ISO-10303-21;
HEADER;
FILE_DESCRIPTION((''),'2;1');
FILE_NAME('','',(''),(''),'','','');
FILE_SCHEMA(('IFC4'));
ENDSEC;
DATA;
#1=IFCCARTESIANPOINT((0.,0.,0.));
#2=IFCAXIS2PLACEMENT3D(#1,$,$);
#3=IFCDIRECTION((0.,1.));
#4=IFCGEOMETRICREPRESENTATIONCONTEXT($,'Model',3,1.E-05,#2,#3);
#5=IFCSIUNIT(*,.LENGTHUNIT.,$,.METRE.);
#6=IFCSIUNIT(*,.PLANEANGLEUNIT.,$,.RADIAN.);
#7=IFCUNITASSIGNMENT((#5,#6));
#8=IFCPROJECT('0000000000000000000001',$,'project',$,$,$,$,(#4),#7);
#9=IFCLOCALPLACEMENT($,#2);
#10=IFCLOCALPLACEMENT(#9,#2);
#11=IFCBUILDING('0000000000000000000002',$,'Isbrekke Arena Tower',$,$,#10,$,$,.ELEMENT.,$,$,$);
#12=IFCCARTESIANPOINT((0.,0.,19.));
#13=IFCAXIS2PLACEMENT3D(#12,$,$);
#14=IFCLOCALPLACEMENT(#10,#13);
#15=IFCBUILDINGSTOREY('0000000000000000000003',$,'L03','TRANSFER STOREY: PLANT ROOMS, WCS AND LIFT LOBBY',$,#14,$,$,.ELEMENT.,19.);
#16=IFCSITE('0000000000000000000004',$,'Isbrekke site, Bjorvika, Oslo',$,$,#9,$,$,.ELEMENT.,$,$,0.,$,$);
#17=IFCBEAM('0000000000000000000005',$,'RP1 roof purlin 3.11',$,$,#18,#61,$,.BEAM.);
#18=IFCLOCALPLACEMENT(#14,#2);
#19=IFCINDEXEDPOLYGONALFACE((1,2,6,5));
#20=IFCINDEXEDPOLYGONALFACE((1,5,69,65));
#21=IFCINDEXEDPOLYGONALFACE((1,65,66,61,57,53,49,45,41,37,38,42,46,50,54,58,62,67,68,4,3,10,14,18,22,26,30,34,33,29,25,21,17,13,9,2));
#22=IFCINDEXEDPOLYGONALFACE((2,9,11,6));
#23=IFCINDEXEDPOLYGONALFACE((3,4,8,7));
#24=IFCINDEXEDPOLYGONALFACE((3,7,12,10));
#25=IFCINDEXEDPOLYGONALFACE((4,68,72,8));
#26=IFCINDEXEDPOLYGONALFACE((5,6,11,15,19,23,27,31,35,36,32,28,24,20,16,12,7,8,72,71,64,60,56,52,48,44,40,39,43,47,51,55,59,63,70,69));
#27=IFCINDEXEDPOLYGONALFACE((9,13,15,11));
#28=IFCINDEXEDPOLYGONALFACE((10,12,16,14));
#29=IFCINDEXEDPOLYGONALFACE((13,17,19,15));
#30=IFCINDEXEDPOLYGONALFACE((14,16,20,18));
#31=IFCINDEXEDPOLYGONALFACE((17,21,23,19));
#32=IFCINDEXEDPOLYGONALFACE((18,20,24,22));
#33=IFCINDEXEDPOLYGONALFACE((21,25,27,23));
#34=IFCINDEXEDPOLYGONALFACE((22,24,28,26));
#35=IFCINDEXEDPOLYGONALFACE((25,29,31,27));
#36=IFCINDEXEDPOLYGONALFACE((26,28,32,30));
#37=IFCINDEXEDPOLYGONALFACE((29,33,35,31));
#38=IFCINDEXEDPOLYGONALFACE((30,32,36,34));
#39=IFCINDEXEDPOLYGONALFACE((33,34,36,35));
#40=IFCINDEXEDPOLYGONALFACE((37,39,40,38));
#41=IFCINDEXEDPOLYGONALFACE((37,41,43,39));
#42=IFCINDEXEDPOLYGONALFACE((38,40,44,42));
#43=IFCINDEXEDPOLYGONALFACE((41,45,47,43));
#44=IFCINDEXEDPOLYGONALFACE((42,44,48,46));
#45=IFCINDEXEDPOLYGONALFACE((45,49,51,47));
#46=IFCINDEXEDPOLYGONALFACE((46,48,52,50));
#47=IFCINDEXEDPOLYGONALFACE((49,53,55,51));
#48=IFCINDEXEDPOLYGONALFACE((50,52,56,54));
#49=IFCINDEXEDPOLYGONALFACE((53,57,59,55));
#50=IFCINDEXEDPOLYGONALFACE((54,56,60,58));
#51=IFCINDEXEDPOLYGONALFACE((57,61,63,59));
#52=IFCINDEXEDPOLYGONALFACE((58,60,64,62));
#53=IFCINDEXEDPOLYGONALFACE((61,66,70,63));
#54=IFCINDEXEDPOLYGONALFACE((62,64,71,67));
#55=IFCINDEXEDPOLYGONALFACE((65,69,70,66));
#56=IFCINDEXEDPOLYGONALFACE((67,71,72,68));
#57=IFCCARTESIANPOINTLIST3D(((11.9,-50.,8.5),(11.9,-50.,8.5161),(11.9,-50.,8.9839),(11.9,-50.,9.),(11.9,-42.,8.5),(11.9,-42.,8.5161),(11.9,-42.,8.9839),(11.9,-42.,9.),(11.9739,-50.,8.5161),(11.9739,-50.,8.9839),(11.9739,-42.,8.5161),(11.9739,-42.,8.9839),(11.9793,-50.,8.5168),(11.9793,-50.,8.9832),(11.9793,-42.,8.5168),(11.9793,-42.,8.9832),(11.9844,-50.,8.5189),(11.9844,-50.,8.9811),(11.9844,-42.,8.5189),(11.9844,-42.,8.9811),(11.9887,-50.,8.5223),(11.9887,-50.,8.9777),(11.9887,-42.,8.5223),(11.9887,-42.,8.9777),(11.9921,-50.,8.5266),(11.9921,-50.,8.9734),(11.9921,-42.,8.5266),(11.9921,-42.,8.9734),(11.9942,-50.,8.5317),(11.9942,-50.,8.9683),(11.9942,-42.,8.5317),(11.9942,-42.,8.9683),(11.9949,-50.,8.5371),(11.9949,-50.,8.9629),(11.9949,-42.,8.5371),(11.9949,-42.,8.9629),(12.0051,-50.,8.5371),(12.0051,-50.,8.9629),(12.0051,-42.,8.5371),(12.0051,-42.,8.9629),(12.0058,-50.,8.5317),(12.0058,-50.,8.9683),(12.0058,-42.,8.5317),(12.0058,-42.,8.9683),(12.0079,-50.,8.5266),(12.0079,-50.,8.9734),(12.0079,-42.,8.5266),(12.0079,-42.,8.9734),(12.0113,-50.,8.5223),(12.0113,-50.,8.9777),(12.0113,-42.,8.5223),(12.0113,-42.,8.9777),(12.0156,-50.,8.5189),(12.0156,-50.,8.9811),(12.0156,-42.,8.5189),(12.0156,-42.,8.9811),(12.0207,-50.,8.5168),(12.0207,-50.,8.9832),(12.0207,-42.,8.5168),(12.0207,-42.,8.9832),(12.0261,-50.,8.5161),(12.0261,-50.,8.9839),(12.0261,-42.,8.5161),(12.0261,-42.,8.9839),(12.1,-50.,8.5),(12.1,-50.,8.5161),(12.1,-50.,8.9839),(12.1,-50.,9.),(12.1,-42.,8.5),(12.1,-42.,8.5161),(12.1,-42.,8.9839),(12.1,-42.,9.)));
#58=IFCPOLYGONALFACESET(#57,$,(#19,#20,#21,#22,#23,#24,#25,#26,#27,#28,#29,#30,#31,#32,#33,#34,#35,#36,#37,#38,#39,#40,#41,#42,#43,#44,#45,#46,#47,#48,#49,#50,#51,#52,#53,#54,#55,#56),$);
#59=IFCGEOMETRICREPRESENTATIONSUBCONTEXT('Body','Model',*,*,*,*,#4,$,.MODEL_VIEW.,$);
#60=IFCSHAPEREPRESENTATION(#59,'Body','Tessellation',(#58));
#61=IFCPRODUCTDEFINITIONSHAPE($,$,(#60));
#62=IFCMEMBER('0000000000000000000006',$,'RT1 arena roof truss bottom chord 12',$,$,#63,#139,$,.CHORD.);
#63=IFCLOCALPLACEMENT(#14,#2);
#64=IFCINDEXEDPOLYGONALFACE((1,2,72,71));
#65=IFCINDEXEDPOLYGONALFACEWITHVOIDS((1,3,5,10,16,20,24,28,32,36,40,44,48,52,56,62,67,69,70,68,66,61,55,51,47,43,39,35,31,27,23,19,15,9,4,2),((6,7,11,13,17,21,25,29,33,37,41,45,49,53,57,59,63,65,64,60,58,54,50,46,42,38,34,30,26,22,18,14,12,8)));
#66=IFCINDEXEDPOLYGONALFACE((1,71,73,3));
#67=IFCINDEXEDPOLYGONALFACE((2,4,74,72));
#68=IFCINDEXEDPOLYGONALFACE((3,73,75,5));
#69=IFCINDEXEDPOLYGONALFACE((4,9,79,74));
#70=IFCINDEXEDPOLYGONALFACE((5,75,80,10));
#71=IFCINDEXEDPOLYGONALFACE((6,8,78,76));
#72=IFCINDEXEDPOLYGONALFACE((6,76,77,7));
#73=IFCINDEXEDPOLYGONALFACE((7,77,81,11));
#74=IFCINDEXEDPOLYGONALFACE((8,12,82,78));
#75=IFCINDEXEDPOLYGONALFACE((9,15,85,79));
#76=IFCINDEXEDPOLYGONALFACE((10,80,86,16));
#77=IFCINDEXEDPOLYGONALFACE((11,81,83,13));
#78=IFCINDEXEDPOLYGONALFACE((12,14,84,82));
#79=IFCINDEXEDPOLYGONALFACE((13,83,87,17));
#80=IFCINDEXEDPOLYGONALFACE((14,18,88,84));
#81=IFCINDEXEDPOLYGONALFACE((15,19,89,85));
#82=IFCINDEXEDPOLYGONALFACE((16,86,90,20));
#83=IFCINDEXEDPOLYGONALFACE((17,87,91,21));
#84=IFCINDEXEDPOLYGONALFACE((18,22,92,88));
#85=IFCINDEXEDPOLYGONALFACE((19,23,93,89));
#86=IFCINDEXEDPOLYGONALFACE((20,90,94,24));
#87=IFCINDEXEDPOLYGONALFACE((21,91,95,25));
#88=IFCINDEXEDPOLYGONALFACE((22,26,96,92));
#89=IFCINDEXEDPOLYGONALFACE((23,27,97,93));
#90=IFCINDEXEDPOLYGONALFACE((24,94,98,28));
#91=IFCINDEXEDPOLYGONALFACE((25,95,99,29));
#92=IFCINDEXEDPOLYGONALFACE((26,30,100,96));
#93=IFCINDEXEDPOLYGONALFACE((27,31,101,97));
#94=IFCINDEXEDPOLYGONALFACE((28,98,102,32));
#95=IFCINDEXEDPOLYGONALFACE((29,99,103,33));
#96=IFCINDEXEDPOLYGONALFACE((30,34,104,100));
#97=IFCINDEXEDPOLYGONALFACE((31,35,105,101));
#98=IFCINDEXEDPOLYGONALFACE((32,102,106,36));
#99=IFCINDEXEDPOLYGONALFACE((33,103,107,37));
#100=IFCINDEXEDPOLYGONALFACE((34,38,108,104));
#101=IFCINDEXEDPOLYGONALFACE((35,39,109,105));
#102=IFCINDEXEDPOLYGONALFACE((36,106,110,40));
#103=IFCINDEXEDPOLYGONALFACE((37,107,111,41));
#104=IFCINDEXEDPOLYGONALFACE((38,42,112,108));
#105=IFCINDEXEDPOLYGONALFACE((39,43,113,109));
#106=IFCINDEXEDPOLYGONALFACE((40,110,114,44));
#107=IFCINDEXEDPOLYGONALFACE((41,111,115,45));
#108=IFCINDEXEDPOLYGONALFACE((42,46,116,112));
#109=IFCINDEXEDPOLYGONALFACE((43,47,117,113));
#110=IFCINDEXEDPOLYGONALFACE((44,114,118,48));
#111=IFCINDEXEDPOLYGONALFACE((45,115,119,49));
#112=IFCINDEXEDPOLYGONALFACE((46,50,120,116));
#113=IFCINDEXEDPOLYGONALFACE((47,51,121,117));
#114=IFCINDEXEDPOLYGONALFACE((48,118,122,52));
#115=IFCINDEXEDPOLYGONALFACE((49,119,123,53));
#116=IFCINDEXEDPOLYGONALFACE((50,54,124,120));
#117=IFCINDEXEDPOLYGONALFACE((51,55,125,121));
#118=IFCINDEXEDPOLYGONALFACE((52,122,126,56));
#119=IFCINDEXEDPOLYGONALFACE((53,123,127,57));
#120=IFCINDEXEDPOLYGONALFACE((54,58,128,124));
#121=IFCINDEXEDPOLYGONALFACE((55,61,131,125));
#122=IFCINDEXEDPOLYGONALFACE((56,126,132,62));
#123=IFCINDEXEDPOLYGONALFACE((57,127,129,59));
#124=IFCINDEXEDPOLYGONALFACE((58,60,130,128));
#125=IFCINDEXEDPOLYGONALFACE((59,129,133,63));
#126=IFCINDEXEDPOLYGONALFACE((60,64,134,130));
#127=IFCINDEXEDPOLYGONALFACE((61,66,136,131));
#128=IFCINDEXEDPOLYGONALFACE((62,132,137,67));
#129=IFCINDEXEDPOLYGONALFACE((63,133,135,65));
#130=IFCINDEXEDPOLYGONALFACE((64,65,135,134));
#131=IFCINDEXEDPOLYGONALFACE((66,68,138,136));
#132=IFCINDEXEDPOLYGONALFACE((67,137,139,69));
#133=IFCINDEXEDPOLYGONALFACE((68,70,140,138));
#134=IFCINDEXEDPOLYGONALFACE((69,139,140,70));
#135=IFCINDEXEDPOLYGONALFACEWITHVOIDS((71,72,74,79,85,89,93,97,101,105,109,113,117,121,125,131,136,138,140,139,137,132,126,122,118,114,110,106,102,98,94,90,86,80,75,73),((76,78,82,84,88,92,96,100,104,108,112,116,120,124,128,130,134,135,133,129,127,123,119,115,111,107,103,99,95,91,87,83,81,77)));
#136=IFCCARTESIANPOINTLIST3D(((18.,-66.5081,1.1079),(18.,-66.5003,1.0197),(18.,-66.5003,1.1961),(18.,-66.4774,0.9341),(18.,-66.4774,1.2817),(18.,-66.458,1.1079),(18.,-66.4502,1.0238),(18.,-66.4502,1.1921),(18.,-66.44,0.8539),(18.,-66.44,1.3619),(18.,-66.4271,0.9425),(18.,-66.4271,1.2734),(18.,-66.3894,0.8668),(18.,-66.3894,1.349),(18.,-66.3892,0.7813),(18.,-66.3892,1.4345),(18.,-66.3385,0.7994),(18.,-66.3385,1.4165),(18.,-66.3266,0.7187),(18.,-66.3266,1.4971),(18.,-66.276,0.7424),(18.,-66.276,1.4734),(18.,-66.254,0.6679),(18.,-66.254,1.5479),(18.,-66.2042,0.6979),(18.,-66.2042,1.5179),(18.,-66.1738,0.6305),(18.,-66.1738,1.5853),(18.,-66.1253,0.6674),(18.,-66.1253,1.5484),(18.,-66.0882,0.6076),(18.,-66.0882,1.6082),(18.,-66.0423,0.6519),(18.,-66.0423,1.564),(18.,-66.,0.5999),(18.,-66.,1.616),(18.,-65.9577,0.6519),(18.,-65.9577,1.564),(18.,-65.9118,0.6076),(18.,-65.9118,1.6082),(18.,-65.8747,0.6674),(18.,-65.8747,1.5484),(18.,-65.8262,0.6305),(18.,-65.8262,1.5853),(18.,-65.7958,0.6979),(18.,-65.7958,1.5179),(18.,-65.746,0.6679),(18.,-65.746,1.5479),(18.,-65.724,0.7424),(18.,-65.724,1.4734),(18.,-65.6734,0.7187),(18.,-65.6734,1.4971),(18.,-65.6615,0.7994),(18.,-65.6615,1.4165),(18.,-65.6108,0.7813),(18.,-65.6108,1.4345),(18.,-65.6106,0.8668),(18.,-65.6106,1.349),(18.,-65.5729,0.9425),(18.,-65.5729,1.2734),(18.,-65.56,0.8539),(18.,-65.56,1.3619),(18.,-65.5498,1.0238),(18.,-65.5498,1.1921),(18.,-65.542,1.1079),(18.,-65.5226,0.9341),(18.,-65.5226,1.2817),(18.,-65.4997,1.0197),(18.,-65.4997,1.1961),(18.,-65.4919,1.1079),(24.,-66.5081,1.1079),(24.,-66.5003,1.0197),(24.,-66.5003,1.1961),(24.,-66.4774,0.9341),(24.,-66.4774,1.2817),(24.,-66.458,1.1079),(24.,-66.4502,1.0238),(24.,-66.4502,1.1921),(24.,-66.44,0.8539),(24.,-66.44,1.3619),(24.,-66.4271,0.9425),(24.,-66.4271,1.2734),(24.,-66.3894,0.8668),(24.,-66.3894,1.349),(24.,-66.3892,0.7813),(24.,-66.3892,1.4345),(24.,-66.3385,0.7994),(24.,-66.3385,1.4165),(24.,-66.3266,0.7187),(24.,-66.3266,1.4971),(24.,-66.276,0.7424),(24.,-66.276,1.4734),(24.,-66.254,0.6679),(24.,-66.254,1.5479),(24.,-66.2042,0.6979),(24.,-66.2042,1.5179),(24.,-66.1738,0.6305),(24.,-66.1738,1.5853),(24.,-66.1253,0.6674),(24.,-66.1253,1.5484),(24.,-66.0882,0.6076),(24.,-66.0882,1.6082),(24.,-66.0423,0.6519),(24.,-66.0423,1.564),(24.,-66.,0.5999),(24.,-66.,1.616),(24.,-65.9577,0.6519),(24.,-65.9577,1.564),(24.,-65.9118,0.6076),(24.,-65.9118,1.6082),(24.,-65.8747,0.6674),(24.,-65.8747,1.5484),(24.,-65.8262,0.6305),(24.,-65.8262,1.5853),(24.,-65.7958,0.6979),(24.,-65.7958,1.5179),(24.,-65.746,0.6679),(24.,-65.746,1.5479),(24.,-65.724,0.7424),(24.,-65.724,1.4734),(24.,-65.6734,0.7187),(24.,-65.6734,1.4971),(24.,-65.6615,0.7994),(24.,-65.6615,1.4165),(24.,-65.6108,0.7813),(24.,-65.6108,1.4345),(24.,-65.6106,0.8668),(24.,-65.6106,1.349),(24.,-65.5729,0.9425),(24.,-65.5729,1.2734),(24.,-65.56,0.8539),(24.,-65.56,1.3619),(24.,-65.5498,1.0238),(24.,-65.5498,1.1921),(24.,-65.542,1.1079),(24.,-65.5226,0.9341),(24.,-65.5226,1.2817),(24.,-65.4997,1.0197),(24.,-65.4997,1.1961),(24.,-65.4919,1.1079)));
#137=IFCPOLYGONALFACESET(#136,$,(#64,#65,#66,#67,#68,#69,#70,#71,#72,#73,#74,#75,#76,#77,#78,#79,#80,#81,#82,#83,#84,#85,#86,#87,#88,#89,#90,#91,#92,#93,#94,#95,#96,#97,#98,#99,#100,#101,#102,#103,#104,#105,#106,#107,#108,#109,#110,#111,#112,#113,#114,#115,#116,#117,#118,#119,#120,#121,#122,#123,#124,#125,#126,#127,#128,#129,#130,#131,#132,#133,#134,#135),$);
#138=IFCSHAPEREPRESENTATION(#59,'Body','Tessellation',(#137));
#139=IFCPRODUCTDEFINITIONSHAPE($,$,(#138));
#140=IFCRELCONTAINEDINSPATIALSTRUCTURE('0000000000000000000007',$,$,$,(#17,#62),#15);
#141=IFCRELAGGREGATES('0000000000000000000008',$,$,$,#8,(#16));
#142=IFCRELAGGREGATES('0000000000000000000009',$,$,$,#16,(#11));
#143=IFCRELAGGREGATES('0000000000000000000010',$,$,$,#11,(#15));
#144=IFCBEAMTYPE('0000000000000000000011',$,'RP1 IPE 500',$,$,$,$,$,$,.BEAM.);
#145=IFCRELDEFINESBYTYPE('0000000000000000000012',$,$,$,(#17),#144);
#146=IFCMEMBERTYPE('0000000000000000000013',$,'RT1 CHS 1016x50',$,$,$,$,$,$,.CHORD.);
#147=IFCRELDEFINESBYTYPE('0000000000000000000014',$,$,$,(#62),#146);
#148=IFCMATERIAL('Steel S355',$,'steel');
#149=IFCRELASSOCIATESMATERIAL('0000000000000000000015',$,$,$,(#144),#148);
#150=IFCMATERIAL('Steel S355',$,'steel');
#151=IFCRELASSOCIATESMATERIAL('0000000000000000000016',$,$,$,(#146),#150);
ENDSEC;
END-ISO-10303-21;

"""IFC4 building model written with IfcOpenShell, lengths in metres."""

from ifc_helpers import new_model, si_unit, direction, frame, origin, origin_2d, place, context, subcontext, project, spatial, hollow_circle, i_section, extrude, material, material_profile, profile_set, type_object, element, save


model = new_model("IFC4")

# Units and contexts
model_context = context("Model", 3, precision=1e-05, world=origin(), true_north=direction((0.0, 1.0)))
body_context = subcontext(model_context, "Body", "Model", "MODEL_VIEW")
ifc_project = project(units=[si_unit("LENGTHUNIT", "METRE"), si_unit("PLANEANGLEUNIT", "RADIAN")], contexts=[model_context])

# Site, building, storey
site_placement = place(None, origin())
site = spatial("IfcSite", under=ifc_project, at=site_placement, Name="Isbrekke site, Bjorvika, Oslo", CompositionType="ELEMENT", RefElevation=0.0)
building_placement = place(site_placement, origin())
building = spatial("IfcBuilding", under=site, at=building_placement, Name="Isbrekke Arena Tower", CompositionType="ELEMENT")
storey_placement = place(building_placement, frame((0.0, 0.0, 19.0)))
storey = spatial("IfcBuildingStorey", under=building, at=storey_placement, Name="L03", Description="TRANSFER STOREY: PLANT ROOMS, WCS AND LIFT LOBBY", CompositionType="ELEMENT", Elevation=19.0)

# Beam
ifc_material_1 = material(Name="Steel S355", Category="steel")
ifc_material_profile_1 = material_profile(ifc_material_1, i_section(OverallWidth=0.2, OverallDepth=0.5, WebThickness=0.0103, FlangeThickness=0.0161, FilletRadius=0.021, at=origin_2d()), Name="IPE 500")
ifc_profile_set_1 = profile_set([ifc_material_profile_1], Name="Steel S355")
beam_type = type_object("IfcBeamType", Name="RP1 IPE 500", PredefinedType="BEAM", material=ifc_profile_set_1)
for number, where, z_axis, x_axis, name in (
    (1, (12.0, -50.0, 8.75), (0.0, 1.0, 0.0), (-1.0, 0.0, 0.0), "RP1 roof purlin 3.11"),
):
    element("IfcBeam", number, at=place(storey_placement, frame(where, z_axis=z_axis, x_axis=x_axis)), inside=storey, type_object=beam_type, Name=name, PredefinedType="BEAM", context=body_context, shape_type="SweptSolid", body=[
        extrude(i_section(OverallWidth=0.2, OverallDepth=0.5, WebThickness=0.0103, FlangeThickness=0.0161, FilletRadius=0.021, at=origin_2d()), origin(), (0.0, 0.0, 1.0), 8.0),
    ])

# Member
ifc_material_2 = material(Name="Steel S355", Category="steel")
ifc_material_profile_2 = material_profile(ifc_material_2, hollow_circle(Radius=0.5081, WallThickness=0.05, at=origin_2d()), Name="CHS 1016x50")
ifc_profile_set_2 = profile_set([ifc_material_profile_2], Name="Steel S355")
member_type_1 = type_object("IfcMemberType", Name="RT1 CHS 1016x50", PredefinedType="CHORD", material=ifc_profile_set_2)
for number, where, z_axis, x_axis, name in (
    (2, (18.0, -66.0, 1.1079), (1.0, 0.0, 0.0), (0.0, 1.0, 0.0), "RT1 arena roof truss bottom chord 12"),
):
    element("IfcMember", number, at=place(storey_placement, frame(where, z_axis=z_axis, x_axis=x_axis)), inside=storey, type_object=member_type_1, Name=name, PredefinedType="CHORD", context=body_context, shape_type="SweptSolid", body=[
        extrude(hollow_circle(Radius=0.5081, WallThickness=0.05, at=origin_2d()), origin(), (0.0, 0.0, 1.0), 6.0),
    ])

save(model, "model.ifc")
